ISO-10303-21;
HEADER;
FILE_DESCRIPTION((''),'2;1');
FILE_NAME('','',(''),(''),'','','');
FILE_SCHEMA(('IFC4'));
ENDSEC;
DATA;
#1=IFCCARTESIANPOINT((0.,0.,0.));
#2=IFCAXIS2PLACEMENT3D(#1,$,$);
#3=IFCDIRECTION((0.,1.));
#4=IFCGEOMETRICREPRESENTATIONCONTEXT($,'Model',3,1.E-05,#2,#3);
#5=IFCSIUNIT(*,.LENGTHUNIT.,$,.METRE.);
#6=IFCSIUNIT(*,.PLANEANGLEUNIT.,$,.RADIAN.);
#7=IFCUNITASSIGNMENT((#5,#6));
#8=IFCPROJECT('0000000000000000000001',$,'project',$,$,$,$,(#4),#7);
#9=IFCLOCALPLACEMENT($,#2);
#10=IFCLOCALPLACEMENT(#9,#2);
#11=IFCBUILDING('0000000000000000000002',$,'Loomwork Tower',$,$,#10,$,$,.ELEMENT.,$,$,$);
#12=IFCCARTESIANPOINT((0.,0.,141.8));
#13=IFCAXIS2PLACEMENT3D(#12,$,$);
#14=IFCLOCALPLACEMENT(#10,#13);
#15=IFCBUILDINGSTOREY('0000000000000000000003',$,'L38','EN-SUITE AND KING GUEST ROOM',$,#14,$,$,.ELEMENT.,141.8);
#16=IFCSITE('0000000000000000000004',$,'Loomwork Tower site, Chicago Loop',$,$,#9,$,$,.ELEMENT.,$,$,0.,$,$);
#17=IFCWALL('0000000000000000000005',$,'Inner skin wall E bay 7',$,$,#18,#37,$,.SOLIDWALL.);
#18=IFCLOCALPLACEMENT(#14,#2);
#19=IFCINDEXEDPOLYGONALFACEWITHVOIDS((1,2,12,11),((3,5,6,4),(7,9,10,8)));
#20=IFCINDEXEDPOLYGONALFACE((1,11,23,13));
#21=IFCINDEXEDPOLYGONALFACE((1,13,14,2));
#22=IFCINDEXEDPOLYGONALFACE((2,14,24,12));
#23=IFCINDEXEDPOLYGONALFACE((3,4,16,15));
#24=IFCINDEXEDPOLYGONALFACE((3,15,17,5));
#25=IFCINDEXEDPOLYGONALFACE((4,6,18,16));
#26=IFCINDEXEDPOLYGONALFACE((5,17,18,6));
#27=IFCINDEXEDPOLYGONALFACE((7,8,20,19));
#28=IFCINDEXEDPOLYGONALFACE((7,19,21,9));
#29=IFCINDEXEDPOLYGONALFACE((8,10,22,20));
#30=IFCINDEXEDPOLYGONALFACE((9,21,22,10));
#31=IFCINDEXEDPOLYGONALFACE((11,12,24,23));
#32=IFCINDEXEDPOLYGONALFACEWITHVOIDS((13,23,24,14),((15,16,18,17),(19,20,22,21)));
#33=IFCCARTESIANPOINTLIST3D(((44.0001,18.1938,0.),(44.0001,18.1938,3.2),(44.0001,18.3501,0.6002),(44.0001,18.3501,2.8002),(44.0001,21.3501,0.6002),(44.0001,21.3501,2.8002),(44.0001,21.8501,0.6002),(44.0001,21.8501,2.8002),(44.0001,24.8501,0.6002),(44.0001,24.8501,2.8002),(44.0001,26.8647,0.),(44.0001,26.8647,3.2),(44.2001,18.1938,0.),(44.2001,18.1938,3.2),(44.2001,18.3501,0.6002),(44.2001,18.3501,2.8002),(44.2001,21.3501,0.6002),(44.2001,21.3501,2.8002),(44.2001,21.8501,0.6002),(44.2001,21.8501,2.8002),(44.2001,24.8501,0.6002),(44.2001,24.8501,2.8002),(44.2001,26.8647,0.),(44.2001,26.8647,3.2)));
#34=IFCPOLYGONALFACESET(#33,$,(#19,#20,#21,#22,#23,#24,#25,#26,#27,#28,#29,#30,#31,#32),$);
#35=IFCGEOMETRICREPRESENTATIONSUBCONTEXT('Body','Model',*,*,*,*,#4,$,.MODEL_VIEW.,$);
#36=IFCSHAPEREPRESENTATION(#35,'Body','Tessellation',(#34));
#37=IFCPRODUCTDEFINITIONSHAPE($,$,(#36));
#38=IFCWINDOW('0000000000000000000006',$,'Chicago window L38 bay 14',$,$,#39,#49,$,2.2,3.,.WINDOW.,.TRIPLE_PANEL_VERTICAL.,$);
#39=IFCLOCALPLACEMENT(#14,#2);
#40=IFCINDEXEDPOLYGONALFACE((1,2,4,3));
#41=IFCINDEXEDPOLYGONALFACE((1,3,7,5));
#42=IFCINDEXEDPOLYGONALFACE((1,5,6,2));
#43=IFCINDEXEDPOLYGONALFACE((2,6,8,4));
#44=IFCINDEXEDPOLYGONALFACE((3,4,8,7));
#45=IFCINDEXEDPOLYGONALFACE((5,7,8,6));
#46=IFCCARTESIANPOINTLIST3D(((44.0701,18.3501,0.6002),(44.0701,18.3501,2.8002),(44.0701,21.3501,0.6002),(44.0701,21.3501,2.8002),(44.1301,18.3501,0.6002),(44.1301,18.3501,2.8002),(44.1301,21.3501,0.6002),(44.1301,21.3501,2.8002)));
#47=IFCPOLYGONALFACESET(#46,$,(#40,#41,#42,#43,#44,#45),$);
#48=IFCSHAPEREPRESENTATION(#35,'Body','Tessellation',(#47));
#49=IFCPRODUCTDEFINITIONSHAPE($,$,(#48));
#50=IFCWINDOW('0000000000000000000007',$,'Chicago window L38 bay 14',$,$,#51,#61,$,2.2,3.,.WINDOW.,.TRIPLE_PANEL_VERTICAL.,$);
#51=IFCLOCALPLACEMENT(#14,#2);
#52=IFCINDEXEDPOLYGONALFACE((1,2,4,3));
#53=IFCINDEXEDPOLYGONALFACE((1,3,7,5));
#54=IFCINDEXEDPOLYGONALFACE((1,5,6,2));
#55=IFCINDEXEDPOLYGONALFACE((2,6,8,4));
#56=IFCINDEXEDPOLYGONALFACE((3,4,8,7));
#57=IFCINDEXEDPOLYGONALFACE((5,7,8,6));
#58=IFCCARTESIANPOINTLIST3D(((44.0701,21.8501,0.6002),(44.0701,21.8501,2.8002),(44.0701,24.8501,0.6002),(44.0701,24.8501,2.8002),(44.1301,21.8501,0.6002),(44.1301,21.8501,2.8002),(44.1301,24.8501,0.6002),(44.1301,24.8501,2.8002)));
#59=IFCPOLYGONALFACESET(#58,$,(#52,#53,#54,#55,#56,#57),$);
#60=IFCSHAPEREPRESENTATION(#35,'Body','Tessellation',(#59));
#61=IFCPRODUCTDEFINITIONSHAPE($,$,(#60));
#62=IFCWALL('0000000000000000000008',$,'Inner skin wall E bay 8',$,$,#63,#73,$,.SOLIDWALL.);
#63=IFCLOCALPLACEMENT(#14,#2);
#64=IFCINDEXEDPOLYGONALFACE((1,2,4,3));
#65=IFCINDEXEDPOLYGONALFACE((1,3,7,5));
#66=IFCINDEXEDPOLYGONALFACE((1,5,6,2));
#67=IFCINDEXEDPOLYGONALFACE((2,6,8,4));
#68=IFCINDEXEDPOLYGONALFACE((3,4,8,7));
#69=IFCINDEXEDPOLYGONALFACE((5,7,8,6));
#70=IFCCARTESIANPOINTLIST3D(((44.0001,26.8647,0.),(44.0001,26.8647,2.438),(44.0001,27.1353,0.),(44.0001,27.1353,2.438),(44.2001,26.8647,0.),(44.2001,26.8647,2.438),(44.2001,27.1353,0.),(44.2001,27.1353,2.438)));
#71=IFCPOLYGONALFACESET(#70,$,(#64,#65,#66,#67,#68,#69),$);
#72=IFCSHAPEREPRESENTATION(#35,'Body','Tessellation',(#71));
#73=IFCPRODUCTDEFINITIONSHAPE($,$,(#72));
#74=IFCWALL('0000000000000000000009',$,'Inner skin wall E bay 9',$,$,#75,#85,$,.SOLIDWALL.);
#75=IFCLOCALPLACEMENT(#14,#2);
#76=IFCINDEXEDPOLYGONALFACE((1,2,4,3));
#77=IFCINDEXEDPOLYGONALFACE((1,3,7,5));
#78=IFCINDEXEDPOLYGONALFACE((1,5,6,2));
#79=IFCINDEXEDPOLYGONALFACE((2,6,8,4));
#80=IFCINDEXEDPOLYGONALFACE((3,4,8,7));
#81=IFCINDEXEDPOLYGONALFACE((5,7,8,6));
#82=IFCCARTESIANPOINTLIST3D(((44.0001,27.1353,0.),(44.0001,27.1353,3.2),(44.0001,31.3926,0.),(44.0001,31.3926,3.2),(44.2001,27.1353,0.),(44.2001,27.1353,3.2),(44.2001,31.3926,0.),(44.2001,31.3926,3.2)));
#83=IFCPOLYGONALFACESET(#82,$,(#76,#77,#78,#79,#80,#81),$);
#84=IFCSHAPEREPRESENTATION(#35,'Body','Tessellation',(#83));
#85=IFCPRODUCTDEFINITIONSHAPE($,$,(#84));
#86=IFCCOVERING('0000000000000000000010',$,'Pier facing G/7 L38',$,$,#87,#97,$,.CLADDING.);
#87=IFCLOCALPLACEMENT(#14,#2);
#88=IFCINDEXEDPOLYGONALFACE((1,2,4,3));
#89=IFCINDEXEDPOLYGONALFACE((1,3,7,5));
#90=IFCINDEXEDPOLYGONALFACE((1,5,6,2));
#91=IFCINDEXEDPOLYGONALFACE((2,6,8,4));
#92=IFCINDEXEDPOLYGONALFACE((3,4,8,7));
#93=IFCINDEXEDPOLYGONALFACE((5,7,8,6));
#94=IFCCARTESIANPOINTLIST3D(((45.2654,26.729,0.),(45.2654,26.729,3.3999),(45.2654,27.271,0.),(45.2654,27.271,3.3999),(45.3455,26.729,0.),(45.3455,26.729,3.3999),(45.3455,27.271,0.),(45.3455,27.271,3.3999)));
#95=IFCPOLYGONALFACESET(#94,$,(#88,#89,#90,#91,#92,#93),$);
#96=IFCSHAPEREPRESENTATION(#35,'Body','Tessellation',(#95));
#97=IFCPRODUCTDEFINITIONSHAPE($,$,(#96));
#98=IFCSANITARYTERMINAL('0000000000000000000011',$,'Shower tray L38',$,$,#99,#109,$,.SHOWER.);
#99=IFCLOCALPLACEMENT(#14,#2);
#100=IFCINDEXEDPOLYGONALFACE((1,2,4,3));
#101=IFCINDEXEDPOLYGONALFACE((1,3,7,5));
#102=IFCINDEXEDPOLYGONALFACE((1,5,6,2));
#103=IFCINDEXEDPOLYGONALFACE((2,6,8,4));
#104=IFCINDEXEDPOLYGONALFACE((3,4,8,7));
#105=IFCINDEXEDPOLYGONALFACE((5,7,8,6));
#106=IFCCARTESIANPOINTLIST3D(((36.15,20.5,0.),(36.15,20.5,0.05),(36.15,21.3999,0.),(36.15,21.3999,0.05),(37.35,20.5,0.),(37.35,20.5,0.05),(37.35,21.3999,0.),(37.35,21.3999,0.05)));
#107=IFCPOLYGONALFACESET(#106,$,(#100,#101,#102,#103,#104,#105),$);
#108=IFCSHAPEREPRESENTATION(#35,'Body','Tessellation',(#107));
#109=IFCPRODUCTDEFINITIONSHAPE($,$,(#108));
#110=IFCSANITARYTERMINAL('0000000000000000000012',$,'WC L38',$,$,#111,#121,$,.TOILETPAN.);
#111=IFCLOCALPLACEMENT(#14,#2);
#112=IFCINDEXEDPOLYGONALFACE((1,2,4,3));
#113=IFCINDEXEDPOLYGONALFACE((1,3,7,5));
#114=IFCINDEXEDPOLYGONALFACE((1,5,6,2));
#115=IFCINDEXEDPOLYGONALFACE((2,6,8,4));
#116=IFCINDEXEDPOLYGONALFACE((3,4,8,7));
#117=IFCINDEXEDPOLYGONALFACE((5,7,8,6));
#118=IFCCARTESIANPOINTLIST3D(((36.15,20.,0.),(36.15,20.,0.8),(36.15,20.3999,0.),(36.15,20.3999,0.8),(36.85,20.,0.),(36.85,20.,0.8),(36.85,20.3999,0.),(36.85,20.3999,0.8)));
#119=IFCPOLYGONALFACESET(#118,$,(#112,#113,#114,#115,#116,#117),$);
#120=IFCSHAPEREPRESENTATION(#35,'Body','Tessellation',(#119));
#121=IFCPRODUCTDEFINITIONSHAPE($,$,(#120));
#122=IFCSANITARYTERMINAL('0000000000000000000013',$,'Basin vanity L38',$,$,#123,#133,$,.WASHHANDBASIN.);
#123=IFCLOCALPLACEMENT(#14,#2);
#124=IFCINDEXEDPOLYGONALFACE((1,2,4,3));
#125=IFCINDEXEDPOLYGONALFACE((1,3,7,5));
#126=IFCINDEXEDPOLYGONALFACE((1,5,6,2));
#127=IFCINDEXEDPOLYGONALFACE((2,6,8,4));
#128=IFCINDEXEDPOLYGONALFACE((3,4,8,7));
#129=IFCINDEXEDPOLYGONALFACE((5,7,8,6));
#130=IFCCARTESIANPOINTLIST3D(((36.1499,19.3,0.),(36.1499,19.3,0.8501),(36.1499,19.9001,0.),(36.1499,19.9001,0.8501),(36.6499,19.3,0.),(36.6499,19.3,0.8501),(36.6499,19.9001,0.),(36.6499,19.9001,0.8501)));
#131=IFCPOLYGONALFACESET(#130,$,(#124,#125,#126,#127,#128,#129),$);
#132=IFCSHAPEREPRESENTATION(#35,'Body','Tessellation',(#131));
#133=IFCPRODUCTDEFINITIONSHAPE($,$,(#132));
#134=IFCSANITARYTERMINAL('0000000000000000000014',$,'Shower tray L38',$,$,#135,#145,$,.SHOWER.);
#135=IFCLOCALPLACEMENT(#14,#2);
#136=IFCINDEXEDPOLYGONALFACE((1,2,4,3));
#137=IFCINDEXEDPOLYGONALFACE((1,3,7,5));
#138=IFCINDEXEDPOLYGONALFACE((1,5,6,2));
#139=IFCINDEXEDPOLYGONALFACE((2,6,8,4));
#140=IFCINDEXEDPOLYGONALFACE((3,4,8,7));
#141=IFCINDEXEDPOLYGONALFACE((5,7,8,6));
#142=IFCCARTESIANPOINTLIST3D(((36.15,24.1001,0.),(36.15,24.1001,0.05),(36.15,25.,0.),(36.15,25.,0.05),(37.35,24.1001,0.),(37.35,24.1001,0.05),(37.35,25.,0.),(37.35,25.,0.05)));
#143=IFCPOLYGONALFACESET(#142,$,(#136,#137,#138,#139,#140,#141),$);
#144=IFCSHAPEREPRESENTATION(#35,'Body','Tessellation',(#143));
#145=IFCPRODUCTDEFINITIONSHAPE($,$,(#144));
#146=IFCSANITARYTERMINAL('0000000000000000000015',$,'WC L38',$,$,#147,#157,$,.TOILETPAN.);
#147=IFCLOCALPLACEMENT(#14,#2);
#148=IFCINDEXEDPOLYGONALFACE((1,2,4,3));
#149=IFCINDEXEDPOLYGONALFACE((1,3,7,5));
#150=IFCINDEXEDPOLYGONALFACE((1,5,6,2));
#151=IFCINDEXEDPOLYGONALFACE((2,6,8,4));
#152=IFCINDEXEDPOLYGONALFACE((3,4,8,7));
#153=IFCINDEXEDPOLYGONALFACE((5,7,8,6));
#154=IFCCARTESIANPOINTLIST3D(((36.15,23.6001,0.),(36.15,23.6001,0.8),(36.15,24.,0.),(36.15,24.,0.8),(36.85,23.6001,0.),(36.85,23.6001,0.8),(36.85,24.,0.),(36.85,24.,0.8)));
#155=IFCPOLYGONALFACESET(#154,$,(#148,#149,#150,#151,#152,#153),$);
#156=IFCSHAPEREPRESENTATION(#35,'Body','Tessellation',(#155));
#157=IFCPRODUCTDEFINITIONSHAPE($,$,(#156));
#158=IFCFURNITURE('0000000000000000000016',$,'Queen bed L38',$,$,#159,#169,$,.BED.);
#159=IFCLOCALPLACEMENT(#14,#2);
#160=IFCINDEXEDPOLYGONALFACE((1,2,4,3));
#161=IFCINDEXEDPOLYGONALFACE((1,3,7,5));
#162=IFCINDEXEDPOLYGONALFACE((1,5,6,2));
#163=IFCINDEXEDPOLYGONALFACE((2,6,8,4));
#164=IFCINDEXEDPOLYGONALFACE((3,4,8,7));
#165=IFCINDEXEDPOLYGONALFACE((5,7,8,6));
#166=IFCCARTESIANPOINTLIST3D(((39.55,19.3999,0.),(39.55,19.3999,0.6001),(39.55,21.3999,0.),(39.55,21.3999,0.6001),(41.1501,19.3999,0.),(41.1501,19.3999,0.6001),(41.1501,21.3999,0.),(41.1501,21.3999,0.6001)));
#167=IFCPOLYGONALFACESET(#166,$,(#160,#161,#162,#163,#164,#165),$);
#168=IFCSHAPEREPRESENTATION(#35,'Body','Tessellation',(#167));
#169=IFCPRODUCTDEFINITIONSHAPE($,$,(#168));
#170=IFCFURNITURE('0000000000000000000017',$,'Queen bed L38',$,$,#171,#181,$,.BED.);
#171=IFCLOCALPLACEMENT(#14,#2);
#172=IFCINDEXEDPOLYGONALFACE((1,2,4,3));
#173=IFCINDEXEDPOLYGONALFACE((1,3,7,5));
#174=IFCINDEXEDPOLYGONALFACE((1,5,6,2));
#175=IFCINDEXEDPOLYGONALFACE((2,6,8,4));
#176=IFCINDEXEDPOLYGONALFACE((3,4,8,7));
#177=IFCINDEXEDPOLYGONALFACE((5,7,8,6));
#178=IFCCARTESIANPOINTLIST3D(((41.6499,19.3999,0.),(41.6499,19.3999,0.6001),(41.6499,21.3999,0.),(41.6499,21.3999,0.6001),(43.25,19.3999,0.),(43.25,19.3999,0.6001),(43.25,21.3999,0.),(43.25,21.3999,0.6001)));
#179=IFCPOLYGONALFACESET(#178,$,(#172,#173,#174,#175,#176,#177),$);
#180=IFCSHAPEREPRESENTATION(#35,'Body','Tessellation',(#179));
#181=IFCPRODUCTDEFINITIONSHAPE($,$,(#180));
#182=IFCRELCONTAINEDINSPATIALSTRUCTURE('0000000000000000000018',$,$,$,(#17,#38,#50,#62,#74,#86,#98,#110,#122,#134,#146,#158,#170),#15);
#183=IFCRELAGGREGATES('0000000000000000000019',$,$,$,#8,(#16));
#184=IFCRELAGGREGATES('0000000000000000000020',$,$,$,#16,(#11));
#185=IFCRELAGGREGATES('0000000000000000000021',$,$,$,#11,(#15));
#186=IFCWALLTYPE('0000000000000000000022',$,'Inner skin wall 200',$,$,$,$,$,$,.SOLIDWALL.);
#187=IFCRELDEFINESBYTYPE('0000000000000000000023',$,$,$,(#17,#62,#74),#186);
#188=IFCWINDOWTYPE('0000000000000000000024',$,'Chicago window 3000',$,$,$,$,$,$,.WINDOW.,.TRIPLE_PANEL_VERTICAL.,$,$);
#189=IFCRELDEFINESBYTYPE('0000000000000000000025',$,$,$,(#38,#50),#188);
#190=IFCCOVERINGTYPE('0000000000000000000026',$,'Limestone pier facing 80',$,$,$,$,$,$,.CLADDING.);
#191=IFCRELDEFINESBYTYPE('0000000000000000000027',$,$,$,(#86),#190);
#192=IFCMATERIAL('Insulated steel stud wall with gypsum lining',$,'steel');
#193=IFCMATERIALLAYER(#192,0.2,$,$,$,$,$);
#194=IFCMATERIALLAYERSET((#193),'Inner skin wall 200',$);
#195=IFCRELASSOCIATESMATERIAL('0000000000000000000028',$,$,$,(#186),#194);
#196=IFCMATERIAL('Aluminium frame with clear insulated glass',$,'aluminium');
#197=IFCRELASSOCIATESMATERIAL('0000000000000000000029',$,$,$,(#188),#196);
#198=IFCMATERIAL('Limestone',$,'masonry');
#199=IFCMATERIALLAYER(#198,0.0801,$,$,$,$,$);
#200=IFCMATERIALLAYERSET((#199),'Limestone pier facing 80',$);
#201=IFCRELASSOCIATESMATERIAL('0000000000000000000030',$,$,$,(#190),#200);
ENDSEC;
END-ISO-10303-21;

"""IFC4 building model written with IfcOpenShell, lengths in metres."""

from ifc_helpers import new_model, si_unit, direction, frame, frame_2d, origin, origin_2d, place, context, subcontext, project, spatial, rectangle, extrude, material, layer, layer_set, type_object, element, fill, save


model = new_model("IFC4")

# Units and contexts
model_context = context("Model", 3, precision=1e-05, world=origin(), true_north=direction((0.0, 1.0)))
body_context = subcontext(model_context, "Body", "Model", "MODEL_VIEW")
ifc_project = project(units=[si_unit("LENGTHUNIT", "METRE"), si_unit("PLANEANGLEUNIT", "RADIAN")], contexts=[model_context])

# Site, building, storey
site_placement = place(None, origin())
site = spatial("IfcSite", under=ifc_project, at=site_placement, Name="Loomwork Tower site, Chicago Loop", CompositionType="ELEMENT", RefElevation=0.0)
building_placement = place(site_placement, origin())
building = spatial("IfcBuilding", under=site, at=building_placement, Name="Loomwork Tower", CompositionType="ELEMENT")
storey_placement = place(building_placement, frame((0.0, 0.0, 141.8)))
storey = spatial("IfcBuildingStorey", under=building, at=storey_placement, Name="L38", Description="EN-SUITE AND KING GUEST ROOM", CompositionType="ELEMENT", Elevation=141.8)

# Wall, openings, windows
ifc_material_1 = material(Name="Insulated steel stud wall with gypsum lining", Category="steel")
ifc_layer_1 = layer(ifc_material_1, 0.2)
ifc_layer_set_1 = layer_set([ifc_layer_1], Name="Inner skin wall 200")
wall_type_1 = type_object("IfcWallType", Name="Inner skin wall 200", PredefinedType="SOLIDWALL", material=ifc_layer_set_1)
wall_1_placement = place(storey_placement, frame((44.1001, 18.1938, 0.0), z_axis=(0.0, 0.0, 1.0), x_axis=(0.0, 1.0, 0.0)))
wall_1 = element("IfcWall", 1, at=wall_1_placement, inside=storey, type_object=wall_type_1, Name="Inner skin wall E bay 7", PredefinedType="SOLIDWALL", context=body_context, shape_type="SweptSolid", body=[
    extrude(rectangle(XDim=8.6709, YDim=0.2, at=frame_2d((4.3354, 0.0))), origin(), (0.0, 0.0, 1.0), 3.2),
])
opening_1_placement = place(wall_1_placement, frame((0.1562, 0.0, 0.6001)))
opening_1 = element("IfcOpeningElement", 2, at=opening_1_placement, cuts=wall_1, PredefinedType="OPENING", context=body_context, shape_type="SweptSolid", body=[
    extrude(rectangle(XDim=3.0, YDim=2.2, at=frame_2d((1.5, 1.1001))), frame((0.0, 0.1099, 0.0), z_axis=(0.0, -1.0, 0.0), x_axis=(1.0, 0.0, 0.0)), (0.0, 0.0, 1.0), 0.22),
])
opening_2_placement = place(wall_1_placement, frame((3.6562, 0.0, 0.6001)))
opening_2 = element("IfcOpeningElement", 3, at=opening_2_placement, cuts=wall_1, PredefinedType="OPENING", context=body_context, shape_type="SweptSolid", body=[
    extrude(rectangle(XDim=3.0, YDim=2.2, at=frame_2d((1.5, 1.1001))), frame((0.0, 0.1099, 0.0), z_axis=(0.0, -1.0, 0.0), x_axis=(1.0, 0.0, 0.0)), (0.0, 0.0, 1.0), 0.22),
])
ifc_material_2 = material(Name="Aluminium frame with clear insulated glass", Category="aluminium")
window_type = type_object("IfcWindowType", Name="Chicago window 3000", PartitioningType="TRIPLE_PANEL_VERTICAL", PredefinedType="WINDOW", material=ifc_material_2)
window_1_placement = place(opening_1_placement, origin())
window_1 = element("IfcWindow", 4, at=window_1_placement, inside=storey, type_object=window_type, Name="Chicago window L38 bay 14", OverallHeight=2.2, OverallWidth=3.0, PartitioningType="TRIPLE_PANEL_VERTICAL", PredefinedType="WINDOW", context=body_context, shape_type="SweptSolid", body=[
    extrude(rectangle(XDim=3.0, YDim=2.2, at=frame_2d((1.5, 1.1001))), frame((0.0, 0.03, 0.0), z_axis=(0.0, -1.0, 0.0), x_axis=(1.0, 0.0, 0.0)), (0.0, 0.0, 1.0), 0.0601),
])
fill(opening_1, window_1)
window_2_placement = place(opening_2_placement, origin())
window_2 = element("IfcWindow", 5, at=window_2_placement, inside=storey, type_object=window_type, Name="Chicago window L38 bay 14", OverallHeight=2.2, OverallWidth=3.0, PartitioningType="TRIPLE_PANEL_VERTICAL", PredefinedType="WINDOW", context=body_context, shape_type="SweptSolid", body=[
    extrude(rectangle(XDim=3.0, YDim=2.2, at=frame_2d((1.5, 1.1001))), frame((0.0, 0.03, 0.0), z_axis=(0.0, -1.0, 0.0), x_axis=(1.0, 0.0, 0.0)), (0.0, 0.0, 1.0), 0.0601),
])
fill(opening_2, window_2)

# Walls
wall_2_placement = place(storey_placement, frame((44.1001, 26.8647, 0.0), z_axis=(0.0, 0.0, 1.0), x_axis=(0.0, 1.0, 0.0)))
element("IfcWall", 6, at=wall_2_placement, inside=storey, type_object=wall_type_1, Name="Inner skin wall E bay 8", PredefinedType="SOLIDWALL", context=body_context, shape_type="SweptSolid", body=[
    extrude(rectangle(XDim=0.2705, YDim=0.2, at=frame_2d((0.1353, 0.0))), origin(), (0.0, 0.0, 1.0), 2.438),
])
wall_3_placement = place(storey_placement, frame((44.1001, 27.1353, 0.0), z_axis=(0.0, 0.0, 1.0), x_axis=(0.0, 1.0, 0.0)))
element("IfcWall", 7, at=wall_3_placement, inside=storey, type_object=wall_type_1, Name="Inner skin wall E bay 9", PredefinedType="SOLIDWALL", context=body_context, shape_type="SweptSolid", body=[
    extrude(rectangle(XDim=4.2573, YDim=0.2, at=frame_2d((2.1287, 0.0))), origin(), (0.0, 0.0, 1.0), 3.2),
])

# Covering
ifc_material_3 = material(Name="Limestone", Category="masonry")
ifc_layer_2 = layer(ifc_material_3, 0.0801)
ifc_layer_set_2 = layer_set([ifc_layer_2], Name="Limestone pier facing 80")
covering_type = type_object("IfcCoveringType", Name="Limestone pier facing 80", PredefinedType="CLADDING", material=ifc_layer_set_2)
covering_placement = place(storey_placement, frame((45.3054, 27.0, 0.0), z_axis=(0.0, 0.0, 1.0), x_axis=(1.0, 0.0, 0.0)))
element("IfcCovering", 8, at=covering_placement, inside=storey, type_object=covering_type, Name="Pier facing G/7 L38", PredefinedType="CLADDING", context=body_context, shape_type="SweptSolid", body=[
    extrude(rectangle(XDim=0.0801, YDim=0.542, at=origin_2d()), origin(), (0.0, 0.0, 1.0), 3.3999),
])

# Sanitary terminals
sanitary_terminal_1_placement = place(storey_placement, frame((36.75, 20.95, 0.0), z_axis=(0.0, 0.0, 1.0), x_axis=(1.0, 0.0, 0.0)))
element("IfcSanitaryTerminal", 9, at=sanitary_terminal_1_placement, inside=storey, Name="Shower tray L38", PredefinedType="SHOWER", context=body_context, shape_type="SweptSolid", body=[
    extrude(rectangle(XDim=1.2, YDim=0.8999, at=origin_2d()), origin(), (0.0, 0.0, 1.0), 0.05),
])
sanitary_terminal_2_placement = place(storey_placement, frame((36.5, 20.2, 0.0), z_axis=(0.0, 0.0, 1.0), x_axis=(1.0, 0.0, 0.0)))
element("IfcSanitaryTerminal", 10, at=sanitary_terminal_2_placement, inside=storey, Name="WC L38", PredefinedType="TOILETPAN", context=body_context, shape_type="SweptSolid", body=[
    extrude(rectangle(XDim=0.7, YDim=0.3999, at=origin_2d()), origin(), (0.0, 0.0, 1.0), 0.8),
])
sanitary_terminal_3_placement = place(storey_placement, frame((36.3999, 19.6001, 0.0), z_axis=(0.0, 0.0, 1.0), x_axis=(1.0, 0.0, 0.0)))
element("IfcSanitaryTerminal", 11, at=sanitary_terminal_3_placement, inside=storey, Name="Basin vanity L38", PredefinedType="WASHHANDBASIN", context=body_context, shape_type="SweptSolid", body=[
    extrude(rectangle(XDim=0.5, YDim=0.6001, at=origin_2d()), origin(), (0.0, 0.0, 1.0), 0.8501),
])
sanitary_terminal_4_placement = place(storey_placement, frame((36.75, 24.55, 0.0), z_axis=(0.0, 0.0, 1.0), x_axis=(1.0, 0.0, 0.0)))
element("IfcSanitaryTerminal", 12, at=sanitary_terminal_4_placement, inside=storey, Name="Shower tray L38", PredefinedType="SHOWER", context=body_context, shape_type="SweptSolid", body=[
    extrude(rectangle(XDim=1.2, YDim=0.8999, at=origin_2d()), origin(), (0.0, 0.0, 1.0), 0.05),
])
sanitary_terminal_5_placement = place(storey_placement, frame((36.5, 23.8, 0.0), z_axis=(0.0, 0.0, 1.0), x_axis=(1.0, 0.0, 0.0)))
element("IfcSanitaryTerminal", 13, at=sanitary_terminal_5_placement, inside=storey, Name="WC L38", PredefinedType="TOILETPAN", context=body_context, shape_type="SweptSolid", body=[
    extrude(rectangle(XDim=0.7, YDim=0.3999, at=origin_2d()), origin(), (0.0, 0.0, 1.0), 0.8),
])

# Furniture
for number, where, z_axis, x_axis, name in (
    (14, (40.3501, 20.3999, 0.0), (0.0, 0.0, 1.0), (1.0, 0.0, 0.0), "Queen bed L38"),
    (15, (42.45, 20.3999, 0.0), (0.0, 0.0, 1.0), (1.0, 0.0, 0.0), "Queen bed L38"),
):
    element("IfcFurniture", number, at=place(storey_placement, frame(where, z_axis=z_axis, x_axis=x_axis)), inside=storey, Name=name, PredefinedType="BED", context=body_context, shape_type="SweptSolid", body=[
        extrude(rectangle(XDim=1.6001, YDim=2.0, at=origin_2d()), origin(), (0.0, 0.0, 1.0), 0.6001),
    ])

save(model, "model.ifc")
